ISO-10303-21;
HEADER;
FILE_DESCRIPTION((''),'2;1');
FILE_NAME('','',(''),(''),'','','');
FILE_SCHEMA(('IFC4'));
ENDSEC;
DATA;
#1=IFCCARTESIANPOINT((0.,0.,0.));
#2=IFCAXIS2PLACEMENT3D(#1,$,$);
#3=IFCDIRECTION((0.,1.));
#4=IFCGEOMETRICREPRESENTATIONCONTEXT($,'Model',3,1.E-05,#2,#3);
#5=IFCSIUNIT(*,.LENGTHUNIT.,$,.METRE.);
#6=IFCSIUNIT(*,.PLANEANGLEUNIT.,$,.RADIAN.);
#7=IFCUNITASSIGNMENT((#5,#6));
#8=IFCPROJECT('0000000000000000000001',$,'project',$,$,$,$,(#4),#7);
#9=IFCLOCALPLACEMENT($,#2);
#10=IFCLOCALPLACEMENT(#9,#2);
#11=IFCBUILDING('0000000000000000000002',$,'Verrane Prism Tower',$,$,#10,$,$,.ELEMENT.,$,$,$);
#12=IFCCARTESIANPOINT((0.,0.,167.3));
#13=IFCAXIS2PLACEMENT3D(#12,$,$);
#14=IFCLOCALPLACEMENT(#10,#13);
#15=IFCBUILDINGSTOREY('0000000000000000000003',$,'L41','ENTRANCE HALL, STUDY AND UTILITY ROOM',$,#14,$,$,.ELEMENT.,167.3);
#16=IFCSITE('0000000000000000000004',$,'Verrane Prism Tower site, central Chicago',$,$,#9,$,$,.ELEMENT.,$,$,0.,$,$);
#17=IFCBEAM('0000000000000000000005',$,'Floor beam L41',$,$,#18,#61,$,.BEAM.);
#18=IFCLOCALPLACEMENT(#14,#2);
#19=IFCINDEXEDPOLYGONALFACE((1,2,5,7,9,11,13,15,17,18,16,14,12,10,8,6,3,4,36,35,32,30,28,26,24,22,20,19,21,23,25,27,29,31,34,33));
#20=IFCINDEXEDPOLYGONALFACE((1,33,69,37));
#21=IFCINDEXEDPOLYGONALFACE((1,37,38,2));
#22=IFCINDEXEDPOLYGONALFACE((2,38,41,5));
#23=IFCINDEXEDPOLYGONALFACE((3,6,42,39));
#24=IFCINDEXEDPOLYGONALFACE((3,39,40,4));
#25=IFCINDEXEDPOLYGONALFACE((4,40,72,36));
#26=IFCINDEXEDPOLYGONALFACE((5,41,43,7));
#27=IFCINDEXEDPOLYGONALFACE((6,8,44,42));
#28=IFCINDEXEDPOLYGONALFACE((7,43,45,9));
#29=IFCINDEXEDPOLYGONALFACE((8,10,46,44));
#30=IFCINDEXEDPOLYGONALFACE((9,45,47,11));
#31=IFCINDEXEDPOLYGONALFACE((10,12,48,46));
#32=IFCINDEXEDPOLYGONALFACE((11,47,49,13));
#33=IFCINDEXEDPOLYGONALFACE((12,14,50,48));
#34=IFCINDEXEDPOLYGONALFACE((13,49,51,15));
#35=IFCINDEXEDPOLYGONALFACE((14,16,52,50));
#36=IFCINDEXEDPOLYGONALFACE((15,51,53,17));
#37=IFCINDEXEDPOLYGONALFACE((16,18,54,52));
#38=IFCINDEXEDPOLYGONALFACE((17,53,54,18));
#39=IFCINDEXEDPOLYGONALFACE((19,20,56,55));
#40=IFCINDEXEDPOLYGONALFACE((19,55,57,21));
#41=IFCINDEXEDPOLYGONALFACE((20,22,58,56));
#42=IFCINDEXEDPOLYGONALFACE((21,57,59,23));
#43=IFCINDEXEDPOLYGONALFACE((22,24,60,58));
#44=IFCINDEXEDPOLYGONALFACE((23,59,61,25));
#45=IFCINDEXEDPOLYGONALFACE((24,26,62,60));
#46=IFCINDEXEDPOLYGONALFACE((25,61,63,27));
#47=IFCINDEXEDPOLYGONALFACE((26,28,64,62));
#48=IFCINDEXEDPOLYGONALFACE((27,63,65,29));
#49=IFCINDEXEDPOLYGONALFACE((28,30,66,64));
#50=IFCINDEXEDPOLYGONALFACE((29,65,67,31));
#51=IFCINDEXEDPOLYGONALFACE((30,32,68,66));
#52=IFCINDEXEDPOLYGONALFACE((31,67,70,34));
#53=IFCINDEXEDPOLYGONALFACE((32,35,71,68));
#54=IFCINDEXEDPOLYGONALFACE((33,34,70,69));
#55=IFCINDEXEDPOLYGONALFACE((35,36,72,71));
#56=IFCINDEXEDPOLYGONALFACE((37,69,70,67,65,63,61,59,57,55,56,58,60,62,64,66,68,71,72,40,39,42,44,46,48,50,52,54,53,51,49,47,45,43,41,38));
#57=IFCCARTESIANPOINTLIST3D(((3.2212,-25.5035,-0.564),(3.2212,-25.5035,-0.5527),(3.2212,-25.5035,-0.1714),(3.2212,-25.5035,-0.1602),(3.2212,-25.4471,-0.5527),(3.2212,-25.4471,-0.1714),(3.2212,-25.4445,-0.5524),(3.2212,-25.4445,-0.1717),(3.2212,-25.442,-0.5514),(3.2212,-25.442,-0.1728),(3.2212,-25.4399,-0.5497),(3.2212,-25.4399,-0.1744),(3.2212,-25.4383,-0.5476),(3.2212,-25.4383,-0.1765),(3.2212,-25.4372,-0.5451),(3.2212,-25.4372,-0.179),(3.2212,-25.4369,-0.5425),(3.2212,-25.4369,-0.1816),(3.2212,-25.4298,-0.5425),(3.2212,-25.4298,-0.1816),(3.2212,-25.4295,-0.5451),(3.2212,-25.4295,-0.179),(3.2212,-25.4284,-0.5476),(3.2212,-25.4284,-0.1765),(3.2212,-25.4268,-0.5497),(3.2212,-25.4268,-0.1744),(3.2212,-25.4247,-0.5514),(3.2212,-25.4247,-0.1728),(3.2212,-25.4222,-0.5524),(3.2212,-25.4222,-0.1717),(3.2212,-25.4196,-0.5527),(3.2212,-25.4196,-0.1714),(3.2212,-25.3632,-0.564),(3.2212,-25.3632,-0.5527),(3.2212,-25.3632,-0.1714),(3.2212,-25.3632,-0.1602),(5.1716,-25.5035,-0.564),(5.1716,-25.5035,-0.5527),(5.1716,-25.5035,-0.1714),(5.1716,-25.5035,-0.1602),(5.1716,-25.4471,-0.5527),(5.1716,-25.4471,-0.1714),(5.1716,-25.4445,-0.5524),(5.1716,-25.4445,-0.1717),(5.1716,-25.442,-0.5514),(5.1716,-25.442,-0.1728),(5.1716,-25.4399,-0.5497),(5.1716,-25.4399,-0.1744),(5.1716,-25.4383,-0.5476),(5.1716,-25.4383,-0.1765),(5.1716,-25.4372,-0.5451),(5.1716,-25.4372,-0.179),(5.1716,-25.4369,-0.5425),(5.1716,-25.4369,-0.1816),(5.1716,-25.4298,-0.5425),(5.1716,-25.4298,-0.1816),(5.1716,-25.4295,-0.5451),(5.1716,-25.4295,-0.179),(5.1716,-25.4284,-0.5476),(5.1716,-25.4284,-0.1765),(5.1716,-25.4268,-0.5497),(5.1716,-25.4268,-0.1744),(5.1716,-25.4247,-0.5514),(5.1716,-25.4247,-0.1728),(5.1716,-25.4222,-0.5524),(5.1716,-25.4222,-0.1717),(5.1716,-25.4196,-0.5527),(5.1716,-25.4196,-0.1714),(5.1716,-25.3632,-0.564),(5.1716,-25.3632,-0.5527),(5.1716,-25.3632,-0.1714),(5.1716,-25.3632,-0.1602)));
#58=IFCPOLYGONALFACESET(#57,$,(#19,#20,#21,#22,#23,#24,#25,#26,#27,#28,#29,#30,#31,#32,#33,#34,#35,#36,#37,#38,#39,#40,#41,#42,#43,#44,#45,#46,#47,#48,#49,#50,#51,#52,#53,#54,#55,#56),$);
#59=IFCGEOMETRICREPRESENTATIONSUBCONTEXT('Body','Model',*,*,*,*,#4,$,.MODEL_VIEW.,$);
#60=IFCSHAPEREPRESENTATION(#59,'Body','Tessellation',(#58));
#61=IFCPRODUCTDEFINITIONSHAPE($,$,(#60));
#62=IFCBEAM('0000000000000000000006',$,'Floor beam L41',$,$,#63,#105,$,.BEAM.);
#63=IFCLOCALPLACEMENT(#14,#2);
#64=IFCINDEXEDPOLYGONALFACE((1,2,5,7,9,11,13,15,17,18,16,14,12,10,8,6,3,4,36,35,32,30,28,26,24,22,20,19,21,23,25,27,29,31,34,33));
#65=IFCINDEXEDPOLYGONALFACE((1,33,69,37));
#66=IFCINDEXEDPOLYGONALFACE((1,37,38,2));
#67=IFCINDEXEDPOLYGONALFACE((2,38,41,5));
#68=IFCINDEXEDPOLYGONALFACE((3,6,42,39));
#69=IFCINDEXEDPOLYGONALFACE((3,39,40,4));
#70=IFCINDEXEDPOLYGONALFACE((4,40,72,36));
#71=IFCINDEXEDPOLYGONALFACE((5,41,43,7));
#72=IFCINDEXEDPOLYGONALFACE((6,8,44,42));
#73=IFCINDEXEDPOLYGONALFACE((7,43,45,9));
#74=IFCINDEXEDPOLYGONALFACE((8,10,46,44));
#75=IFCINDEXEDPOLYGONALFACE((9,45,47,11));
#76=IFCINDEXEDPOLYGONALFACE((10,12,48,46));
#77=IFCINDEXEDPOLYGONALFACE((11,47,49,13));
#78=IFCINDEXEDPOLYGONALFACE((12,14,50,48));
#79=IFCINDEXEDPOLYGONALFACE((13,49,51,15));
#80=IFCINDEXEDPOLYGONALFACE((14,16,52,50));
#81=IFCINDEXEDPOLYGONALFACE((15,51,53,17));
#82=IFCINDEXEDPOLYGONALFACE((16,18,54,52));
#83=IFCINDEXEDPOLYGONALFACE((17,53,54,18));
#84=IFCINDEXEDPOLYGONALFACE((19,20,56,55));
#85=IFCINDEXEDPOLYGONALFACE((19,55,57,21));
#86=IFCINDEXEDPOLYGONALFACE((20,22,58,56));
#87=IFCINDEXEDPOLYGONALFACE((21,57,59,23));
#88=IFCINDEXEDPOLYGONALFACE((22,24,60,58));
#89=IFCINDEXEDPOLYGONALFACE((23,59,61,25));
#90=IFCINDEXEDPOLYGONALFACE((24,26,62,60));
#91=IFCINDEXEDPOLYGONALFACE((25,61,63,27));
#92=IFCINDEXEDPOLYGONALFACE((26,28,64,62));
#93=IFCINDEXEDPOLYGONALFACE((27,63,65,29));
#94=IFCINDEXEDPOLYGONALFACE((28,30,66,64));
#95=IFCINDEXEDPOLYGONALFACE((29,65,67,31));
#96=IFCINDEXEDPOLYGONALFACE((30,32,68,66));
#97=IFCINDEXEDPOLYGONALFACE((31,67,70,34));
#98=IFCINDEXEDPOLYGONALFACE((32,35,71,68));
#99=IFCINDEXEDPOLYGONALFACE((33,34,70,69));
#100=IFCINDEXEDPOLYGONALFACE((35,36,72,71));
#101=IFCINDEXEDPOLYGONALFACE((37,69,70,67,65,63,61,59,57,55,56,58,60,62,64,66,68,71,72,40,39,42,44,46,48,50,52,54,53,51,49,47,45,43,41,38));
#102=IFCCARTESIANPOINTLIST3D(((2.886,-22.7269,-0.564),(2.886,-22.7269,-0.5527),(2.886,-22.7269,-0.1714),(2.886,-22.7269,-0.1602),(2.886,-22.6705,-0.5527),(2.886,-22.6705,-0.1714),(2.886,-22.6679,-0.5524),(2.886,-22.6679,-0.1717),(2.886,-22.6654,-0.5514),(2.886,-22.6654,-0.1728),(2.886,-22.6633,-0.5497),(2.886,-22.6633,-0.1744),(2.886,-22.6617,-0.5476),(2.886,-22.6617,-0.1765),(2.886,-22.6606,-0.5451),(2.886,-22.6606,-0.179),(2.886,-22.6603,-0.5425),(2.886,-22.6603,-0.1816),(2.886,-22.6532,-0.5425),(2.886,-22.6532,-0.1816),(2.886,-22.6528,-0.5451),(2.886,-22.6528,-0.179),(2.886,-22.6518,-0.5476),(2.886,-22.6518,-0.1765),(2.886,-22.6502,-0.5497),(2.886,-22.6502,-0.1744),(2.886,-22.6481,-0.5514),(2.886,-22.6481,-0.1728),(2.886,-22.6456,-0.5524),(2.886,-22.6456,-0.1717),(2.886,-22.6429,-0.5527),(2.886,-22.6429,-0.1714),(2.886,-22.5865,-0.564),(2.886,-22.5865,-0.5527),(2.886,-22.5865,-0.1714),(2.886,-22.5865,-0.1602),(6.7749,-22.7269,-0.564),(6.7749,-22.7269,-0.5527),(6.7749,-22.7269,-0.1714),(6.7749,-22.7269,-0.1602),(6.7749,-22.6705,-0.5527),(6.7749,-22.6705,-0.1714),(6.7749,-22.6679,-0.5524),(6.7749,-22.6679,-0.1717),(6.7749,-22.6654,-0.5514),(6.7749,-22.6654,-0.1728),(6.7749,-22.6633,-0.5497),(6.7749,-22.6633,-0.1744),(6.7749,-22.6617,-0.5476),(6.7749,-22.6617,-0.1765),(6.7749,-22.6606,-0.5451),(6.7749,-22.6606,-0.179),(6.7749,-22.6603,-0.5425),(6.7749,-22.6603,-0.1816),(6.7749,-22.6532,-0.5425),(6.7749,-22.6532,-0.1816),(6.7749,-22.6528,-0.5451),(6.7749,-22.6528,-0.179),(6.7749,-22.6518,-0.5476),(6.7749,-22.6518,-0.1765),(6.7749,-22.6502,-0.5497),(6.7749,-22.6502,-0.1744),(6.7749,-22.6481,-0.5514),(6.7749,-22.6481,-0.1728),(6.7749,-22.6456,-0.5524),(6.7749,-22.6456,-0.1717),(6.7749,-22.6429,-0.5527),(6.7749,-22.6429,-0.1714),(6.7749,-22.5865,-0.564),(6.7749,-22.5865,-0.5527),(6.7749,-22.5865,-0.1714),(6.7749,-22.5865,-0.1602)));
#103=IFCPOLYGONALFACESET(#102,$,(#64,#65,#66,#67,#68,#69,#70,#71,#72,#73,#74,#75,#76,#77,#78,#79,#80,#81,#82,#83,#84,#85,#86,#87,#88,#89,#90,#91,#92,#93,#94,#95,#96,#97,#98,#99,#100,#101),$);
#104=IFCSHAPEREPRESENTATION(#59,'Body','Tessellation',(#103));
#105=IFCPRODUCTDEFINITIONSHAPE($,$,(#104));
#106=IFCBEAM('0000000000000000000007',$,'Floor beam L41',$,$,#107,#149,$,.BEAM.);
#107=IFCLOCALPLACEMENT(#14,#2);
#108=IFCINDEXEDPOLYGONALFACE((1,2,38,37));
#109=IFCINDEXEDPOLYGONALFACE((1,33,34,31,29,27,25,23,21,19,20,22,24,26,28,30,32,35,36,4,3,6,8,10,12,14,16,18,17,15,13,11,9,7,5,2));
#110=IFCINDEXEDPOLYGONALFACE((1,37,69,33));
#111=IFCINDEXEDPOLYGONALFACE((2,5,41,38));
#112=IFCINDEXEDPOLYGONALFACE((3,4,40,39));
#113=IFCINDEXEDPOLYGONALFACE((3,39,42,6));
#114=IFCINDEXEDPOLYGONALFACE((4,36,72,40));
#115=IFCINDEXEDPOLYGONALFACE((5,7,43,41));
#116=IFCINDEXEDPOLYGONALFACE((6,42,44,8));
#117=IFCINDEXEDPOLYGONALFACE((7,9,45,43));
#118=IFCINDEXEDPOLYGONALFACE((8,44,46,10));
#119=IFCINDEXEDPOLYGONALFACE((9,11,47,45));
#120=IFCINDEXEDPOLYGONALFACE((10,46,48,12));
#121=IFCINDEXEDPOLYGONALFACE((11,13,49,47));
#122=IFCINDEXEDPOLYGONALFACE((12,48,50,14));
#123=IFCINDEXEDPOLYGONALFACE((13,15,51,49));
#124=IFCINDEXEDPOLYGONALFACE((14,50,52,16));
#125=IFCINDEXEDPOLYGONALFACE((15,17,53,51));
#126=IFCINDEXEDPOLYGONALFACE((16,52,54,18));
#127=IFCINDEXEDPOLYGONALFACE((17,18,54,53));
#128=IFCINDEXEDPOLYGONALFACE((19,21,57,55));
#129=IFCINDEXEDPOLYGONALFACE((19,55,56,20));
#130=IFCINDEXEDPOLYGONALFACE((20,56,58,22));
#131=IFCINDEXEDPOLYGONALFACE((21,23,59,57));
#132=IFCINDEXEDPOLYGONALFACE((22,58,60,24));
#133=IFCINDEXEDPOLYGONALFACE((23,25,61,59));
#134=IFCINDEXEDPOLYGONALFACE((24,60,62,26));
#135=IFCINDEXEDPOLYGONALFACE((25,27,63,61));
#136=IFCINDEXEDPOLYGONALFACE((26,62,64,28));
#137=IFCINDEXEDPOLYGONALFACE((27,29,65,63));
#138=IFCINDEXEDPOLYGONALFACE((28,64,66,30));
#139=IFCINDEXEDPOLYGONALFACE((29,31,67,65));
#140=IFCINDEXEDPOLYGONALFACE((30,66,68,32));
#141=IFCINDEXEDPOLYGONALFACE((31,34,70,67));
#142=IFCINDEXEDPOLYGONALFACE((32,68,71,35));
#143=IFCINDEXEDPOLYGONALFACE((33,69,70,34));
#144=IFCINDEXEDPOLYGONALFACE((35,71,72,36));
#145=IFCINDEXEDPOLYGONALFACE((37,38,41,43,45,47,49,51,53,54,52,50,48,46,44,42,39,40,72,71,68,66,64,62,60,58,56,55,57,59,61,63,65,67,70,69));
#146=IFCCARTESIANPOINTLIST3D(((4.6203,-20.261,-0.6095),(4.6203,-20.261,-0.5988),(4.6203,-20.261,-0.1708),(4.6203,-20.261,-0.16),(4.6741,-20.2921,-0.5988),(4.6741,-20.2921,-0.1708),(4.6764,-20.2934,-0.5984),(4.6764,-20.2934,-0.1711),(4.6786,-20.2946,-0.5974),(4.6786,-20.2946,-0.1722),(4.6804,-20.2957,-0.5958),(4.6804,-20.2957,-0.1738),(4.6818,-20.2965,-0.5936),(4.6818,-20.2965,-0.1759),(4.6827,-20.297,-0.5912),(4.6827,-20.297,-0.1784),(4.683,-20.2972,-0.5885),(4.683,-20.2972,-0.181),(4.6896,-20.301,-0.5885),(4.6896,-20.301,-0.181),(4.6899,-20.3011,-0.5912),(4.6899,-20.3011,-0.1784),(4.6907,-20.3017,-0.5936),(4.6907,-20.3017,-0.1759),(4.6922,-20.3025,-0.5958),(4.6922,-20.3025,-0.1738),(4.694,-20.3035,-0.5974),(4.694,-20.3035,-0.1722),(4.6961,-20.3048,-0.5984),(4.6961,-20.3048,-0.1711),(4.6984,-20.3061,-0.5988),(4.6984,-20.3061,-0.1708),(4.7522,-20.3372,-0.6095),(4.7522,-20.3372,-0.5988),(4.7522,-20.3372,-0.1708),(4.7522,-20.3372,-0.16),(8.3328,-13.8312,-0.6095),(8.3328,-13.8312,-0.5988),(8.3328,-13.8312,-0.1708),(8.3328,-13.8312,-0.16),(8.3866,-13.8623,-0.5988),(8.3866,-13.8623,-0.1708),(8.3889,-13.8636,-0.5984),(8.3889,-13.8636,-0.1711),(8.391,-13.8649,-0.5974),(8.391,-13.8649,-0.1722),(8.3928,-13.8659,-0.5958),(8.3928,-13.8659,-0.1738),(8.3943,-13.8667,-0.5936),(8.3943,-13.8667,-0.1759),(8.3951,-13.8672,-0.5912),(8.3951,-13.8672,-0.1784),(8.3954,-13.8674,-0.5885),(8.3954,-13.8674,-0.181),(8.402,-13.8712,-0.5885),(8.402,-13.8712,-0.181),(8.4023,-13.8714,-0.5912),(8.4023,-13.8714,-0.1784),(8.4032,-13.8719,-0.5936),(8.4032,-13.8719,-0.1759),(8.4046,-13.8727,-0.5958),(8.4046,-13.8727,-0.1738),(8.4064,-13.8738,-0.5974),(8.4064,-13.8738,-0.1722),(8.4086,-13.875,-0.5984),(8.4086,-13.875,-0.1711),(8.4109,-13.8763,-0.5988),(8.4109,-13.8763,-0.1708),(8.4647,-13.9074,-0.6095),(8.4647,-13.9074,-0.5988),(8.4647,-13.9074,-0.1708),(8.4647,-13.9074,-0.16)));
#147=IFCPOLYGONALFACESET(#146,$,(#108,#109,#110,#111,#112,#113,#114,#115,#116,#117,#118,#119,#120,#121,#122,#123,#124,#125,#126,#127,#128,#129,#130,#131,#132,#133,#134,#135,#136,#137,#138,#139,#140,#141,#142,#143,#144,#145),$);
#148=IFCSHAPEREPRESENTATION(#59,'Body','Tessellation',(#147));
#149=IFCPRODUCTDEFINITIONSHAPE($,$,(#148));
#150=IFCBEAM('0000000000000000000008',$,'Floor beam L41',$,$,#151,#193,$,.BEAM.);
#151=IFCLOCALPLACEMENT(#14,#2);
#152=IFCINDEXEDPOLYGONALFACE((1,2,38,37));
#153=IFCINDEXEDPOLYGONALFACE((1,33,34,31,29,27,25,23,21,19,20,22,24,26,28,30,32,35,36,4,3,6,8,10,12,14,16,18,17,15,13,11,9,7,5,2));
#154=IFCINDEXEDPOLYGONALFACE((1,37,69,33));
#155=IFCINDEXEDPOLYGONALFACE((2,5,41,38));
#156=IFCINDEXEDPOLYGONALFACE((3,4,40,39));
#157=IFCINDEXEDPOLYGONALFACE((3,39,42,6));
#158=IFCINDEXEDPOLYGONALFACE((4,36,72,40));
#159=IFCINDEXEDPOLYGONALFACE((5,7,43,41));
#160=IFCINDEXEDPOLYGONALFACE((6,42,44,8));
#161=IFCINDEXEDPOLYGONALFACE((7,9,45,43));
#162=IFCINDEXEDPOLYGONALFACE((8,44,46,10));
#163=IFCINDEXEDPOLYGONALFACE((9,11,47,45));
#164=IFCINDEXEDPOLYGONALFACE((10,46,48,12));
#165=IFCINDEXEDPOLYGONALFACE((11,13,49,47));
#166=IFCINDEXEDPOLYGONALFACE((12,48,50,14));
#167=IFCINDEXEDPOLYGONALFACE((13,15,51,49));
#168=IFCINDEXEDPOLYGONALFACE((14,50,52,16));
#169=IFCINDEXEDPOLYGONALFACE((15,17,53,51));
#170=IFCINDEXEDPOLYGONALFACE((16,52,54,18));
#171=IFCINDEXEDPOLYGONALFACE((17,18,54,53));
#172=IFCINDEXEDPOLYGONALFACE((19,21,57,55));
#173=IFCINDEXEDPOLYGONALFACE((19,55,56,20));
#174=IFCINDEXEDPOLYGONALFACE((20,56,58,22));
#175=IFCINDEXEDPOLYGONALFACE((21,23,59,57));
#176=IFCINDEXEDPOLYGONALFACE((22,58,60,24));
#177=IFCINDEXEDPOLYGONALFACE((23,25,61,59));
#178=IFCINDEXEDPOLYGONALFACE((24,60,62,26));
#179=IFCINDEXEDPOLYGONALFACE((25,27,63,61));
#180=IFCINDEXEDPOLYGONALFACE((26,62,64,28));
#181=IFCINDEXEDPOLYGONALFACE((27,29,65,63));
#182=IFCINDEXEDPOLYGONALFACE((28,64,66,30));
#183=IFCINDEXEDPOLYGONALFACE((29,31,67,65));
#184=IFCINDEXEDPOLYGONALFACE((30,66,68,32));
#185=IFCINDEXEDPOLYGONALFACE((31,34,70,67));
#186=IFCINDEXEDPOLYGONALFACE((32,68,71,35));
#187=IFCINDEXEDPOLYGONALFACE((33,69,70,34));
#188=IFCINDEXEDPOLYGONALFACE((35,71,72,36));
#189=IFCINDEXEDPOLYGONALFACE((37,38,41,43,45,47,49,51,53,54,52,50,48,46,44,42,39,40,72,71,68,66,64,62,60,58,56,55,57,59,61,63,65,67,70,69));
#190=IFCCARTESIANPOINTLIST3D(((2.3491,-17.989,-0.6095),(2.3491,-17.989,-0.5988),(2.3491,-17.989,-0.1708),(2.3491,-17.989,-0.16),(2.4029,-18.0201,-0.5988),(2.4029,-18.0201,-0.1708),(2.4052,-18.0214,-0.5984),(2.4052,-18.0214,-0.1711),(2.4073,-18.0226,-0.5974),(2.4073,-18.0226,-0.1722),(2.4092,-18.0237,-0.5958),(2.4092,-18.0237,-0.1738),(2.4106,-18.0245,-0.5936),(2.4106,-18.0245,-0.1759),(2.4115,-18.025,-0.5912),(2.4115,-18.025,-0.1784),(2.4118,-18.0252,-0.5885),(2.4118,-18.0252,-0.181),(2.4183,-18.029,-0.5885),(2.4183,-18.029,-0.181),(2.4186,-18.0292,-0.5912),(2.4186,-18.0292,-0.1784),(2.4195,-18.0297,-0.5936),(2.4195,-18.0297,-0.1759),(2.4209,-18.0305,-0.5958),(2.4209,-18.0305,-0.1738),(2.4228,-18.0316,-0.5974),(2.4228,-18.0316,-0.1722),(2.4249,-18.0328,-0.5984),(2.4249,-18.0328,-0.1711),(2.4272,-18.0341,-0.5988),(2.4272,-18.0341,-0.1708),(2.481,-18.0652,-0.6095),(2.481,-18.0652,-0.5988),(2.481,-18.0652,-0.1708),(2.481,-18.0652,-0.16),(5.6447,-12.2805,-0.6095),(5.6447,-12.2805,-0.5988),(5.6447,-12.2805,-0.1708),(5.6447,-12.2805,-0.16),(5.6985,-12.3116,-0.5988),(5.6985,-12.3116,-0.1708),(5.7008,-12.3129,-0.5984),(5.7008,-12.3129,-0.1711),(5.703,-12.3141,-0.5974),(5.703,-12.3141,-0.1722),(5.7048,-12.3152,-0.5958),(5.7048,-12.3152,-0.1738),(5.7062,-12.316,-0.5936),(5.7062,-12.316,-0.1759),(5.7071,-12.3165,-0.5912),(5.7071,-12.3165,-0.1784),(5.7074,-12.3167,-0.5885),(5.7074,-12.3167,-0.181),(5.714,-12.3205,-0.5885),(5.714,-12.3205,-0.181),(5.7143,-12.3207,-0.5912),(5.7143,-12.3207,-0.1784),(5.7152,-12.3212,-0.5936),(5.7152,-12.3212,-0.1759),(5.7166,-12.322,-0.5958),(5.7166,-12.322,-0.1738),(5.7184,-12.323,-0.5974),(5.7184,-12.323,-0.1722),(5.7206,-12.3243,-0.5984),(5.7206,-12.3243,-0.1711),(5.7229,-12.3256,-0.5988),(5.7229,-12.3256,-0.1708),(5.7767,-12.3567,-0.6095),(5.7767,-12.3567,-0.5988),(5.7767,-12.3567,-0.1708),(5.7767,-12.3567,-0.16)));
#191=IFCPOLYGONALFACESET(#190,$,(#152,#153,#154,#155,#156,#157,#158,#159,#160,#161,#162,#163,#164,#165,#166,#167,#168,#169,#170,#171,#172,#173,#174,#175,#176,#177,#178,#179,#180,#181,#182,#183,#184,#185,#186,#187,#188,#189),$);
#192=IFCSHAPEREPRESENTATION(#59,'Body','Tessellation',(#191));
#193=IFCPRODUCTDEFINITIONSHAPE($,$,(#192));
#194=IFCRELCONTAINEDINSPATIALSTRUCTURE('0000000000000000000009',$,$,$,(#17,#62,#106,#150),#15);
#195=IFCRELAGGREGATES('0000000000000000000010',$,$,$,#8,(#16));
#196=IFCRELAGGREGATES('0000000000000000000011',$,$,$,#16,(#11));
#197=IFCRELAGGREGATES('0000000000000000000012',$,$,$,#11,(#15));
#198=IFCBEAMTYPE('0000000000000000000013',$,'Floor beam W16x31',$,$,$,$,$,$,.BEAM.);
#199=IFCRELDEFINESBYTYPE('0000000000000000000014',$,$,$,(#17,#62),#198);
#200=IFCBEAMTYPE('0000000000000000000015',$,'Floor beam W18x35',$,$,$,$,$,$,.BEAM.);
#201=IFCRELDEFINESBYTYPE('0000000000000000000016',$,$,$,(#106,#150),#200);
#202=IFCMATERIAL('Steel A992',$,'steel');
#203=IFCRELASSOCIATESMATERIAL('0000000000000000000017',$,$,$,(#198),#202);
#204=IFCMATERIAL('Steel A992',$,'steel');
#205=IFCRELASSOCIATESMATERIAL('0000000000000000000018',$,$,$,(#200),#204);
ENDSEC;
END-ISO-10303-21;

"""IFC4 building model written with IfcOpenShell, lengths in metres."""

from ifc_helpers import new_model, si_unit, direction, frame, origin, origin_2d, place, context, subcontext, project, spatial, i_section, extrude, material, material_profile, profile_set, type_object, element, save


model = new_model("IFC4")

# Units and contexts
model_context = context("Model", 3, precision=1e-05, world=origin(), true_north=direction((0.0, 1.0)))
body_context = subcontext(model_context, "Body", "Model", "MODEL_VIEW")
ifc_project = project(units=[si_unit("LENGTHUNIT", "METRE"), si_unit("PLANEANGLEUNIT", "RADIAN")], contexts=[model_context])

# Site, building, storey
site_placement = place(None, origin())
site = spatial("IfcSite", under=ifc_project, at=site_placement, Name="Verrane Prism Tower site, central Chicago", CompositionType="ELEMENT", RefElevation=0.0)
building_placement = place(site_placement, origin())
building = spatial("IfcBuilding", under=site, at=building_placement, Name="Verrane Prism Tower", CompositionType="ELEMENT")
storey_placement = place(building_placement, frame((0.0, 0.0, 167.3)))
storey = spatial("IfcBuildingStorey", under=building, at=storey_placement, Name="L41", Description="ENTRANCE HALL, STUDY AND UTILITY ROOM", CompositionType="ELEMENT", Elevation=167.3)

# Beams
ifc_material_1 = material(Name="Steel A992", Category="steel")
ifc_material_profile_1 = material_profile(ifc_material_1, i_section(OverallWidth=0.1404, OverallDepth=0.4038, WebThickness=0.0071, FlangeThickness=0.0112, FilletRadius=0.0103, at=origin_2d()), Name="W16x31")
ifc_profile_set_1 = profile_set([ifc_material_profile_1], Name="Steel A992")
beam_type_1 = type_object("IfcBeamType", Name="Floor beam W16x31", PredefinedType="BEAM", material=ifc_profile_set_1)
beam_1_placement = place(storey_placement, frame((3.2212, -25.4333, -0.3621), z_axis=(1.0, 0.0, 0.0), x_axis=(0.0, 1.0, 0.0)))
element("IfcBeam", 1, at=beam_1_placement, inside=storey, type_object=beam_type_1, Name="Floor beam L41", PredefinedType="BEAM", context=body_context, shape_type="SweptSolid", body=[
    extrude(i_section(OverallWidth=0.1404, OverallDepth=0.4038, WebThickness=0.0071, FlangeThickness=0.0112, FilletRadius=0.0103, at=origin_2d()), origin(), (0.0, 0.0, 1.0), 1.9504),
])
beam_2_placement = place(storey_placement, frame((2.886, -22.6567, -0.3621), z_axis=(1.0, 0.0, 0.0), x_axis=(0.0, 1.0, 0.0)))
element("IfcBeam", 2, at=beam_2_placement, inside=storey, type_object=beam_type_1, Name="Floor beam L41", PredefinedType="BEAM", context=body_context, shape_type="SweptSolid", body=[
    extrude(i_section(OverallWidth=0.1404, OverallDepth=0.4038, WebThickness=0.0071, FlangeThickness=0.0112, FilletRadius=0.0103, at=origin_2d()), origin(), (0.0, 0.0, 1.0), 3.8889),
])
ifc_material_2 = material(Name="Steel A992", Category="steel")
ifc_material_profile_2 = material_profile(ifc_material_2, i_section(OverallWidth=0.1523, OverallDepth=0.4495, WebThickness=0.0076, FlangeThickness=0.0107, FilletRadius=0.0103, at=origin_2d()), Name="W18x35")
ifc_profile_set_2 = profile_set([ifc_material_profile_2], Name="Steel A992")
beam_type_2 = type_object("IfcBeamType", Name="Floor beam W18x35", PredefinedType="BEAM", material=ifc_profile_set_2)
beam_3_placement = place(storey_placement, frame((4.6863, -20.2991, -0.3848), z_axis=(0.500022, 0.866013, 0.0), x_axis=(-0.866013, 0.500022, 0.0)))
element("IfcBeam", 3, at=beam_3_placement, inside=storey, type_object=beam_type_2, Name="Floor beam L41", PredefinedType="BEAM", context=body_context, shape_type="SweptSolid", body=[
    extrude(i_section(OverallWidth=0.1523, OverallDepth=0.4495, WebThickness=0.0076, FlangeThickness=0.0107, FilletRadius=0.0103, at=origin_2d()), origin(), (0.0, 0.0, 1.0), 7.4246),
])
beam_4_placement = place(storey_placement, frame((2.415, -18.0271, -0.3848), z_axis=(0.499983, 0.866035, 0.0), x_axis=(-0.866035, 0.499983, 0.0)))
element("IfcBeam", 4, at=beam_4_placement, inside=storey, type_object=beam_type_2, Name="Floor beam L41", PredefinedType="BEAM", context=body_context, shape_type="SweptSolid", body=[
    extrude(i_section(OverallWidth=0.1523, OverallDepth=0.4495, WebThickness=0.0076, FlangeThickness=0.0107, FilletRadius=0.0103, at=origin_2d()), origin(), (0.0, 0.0, 1.0), 6.5916),
])

save(model, "model.ifc")
